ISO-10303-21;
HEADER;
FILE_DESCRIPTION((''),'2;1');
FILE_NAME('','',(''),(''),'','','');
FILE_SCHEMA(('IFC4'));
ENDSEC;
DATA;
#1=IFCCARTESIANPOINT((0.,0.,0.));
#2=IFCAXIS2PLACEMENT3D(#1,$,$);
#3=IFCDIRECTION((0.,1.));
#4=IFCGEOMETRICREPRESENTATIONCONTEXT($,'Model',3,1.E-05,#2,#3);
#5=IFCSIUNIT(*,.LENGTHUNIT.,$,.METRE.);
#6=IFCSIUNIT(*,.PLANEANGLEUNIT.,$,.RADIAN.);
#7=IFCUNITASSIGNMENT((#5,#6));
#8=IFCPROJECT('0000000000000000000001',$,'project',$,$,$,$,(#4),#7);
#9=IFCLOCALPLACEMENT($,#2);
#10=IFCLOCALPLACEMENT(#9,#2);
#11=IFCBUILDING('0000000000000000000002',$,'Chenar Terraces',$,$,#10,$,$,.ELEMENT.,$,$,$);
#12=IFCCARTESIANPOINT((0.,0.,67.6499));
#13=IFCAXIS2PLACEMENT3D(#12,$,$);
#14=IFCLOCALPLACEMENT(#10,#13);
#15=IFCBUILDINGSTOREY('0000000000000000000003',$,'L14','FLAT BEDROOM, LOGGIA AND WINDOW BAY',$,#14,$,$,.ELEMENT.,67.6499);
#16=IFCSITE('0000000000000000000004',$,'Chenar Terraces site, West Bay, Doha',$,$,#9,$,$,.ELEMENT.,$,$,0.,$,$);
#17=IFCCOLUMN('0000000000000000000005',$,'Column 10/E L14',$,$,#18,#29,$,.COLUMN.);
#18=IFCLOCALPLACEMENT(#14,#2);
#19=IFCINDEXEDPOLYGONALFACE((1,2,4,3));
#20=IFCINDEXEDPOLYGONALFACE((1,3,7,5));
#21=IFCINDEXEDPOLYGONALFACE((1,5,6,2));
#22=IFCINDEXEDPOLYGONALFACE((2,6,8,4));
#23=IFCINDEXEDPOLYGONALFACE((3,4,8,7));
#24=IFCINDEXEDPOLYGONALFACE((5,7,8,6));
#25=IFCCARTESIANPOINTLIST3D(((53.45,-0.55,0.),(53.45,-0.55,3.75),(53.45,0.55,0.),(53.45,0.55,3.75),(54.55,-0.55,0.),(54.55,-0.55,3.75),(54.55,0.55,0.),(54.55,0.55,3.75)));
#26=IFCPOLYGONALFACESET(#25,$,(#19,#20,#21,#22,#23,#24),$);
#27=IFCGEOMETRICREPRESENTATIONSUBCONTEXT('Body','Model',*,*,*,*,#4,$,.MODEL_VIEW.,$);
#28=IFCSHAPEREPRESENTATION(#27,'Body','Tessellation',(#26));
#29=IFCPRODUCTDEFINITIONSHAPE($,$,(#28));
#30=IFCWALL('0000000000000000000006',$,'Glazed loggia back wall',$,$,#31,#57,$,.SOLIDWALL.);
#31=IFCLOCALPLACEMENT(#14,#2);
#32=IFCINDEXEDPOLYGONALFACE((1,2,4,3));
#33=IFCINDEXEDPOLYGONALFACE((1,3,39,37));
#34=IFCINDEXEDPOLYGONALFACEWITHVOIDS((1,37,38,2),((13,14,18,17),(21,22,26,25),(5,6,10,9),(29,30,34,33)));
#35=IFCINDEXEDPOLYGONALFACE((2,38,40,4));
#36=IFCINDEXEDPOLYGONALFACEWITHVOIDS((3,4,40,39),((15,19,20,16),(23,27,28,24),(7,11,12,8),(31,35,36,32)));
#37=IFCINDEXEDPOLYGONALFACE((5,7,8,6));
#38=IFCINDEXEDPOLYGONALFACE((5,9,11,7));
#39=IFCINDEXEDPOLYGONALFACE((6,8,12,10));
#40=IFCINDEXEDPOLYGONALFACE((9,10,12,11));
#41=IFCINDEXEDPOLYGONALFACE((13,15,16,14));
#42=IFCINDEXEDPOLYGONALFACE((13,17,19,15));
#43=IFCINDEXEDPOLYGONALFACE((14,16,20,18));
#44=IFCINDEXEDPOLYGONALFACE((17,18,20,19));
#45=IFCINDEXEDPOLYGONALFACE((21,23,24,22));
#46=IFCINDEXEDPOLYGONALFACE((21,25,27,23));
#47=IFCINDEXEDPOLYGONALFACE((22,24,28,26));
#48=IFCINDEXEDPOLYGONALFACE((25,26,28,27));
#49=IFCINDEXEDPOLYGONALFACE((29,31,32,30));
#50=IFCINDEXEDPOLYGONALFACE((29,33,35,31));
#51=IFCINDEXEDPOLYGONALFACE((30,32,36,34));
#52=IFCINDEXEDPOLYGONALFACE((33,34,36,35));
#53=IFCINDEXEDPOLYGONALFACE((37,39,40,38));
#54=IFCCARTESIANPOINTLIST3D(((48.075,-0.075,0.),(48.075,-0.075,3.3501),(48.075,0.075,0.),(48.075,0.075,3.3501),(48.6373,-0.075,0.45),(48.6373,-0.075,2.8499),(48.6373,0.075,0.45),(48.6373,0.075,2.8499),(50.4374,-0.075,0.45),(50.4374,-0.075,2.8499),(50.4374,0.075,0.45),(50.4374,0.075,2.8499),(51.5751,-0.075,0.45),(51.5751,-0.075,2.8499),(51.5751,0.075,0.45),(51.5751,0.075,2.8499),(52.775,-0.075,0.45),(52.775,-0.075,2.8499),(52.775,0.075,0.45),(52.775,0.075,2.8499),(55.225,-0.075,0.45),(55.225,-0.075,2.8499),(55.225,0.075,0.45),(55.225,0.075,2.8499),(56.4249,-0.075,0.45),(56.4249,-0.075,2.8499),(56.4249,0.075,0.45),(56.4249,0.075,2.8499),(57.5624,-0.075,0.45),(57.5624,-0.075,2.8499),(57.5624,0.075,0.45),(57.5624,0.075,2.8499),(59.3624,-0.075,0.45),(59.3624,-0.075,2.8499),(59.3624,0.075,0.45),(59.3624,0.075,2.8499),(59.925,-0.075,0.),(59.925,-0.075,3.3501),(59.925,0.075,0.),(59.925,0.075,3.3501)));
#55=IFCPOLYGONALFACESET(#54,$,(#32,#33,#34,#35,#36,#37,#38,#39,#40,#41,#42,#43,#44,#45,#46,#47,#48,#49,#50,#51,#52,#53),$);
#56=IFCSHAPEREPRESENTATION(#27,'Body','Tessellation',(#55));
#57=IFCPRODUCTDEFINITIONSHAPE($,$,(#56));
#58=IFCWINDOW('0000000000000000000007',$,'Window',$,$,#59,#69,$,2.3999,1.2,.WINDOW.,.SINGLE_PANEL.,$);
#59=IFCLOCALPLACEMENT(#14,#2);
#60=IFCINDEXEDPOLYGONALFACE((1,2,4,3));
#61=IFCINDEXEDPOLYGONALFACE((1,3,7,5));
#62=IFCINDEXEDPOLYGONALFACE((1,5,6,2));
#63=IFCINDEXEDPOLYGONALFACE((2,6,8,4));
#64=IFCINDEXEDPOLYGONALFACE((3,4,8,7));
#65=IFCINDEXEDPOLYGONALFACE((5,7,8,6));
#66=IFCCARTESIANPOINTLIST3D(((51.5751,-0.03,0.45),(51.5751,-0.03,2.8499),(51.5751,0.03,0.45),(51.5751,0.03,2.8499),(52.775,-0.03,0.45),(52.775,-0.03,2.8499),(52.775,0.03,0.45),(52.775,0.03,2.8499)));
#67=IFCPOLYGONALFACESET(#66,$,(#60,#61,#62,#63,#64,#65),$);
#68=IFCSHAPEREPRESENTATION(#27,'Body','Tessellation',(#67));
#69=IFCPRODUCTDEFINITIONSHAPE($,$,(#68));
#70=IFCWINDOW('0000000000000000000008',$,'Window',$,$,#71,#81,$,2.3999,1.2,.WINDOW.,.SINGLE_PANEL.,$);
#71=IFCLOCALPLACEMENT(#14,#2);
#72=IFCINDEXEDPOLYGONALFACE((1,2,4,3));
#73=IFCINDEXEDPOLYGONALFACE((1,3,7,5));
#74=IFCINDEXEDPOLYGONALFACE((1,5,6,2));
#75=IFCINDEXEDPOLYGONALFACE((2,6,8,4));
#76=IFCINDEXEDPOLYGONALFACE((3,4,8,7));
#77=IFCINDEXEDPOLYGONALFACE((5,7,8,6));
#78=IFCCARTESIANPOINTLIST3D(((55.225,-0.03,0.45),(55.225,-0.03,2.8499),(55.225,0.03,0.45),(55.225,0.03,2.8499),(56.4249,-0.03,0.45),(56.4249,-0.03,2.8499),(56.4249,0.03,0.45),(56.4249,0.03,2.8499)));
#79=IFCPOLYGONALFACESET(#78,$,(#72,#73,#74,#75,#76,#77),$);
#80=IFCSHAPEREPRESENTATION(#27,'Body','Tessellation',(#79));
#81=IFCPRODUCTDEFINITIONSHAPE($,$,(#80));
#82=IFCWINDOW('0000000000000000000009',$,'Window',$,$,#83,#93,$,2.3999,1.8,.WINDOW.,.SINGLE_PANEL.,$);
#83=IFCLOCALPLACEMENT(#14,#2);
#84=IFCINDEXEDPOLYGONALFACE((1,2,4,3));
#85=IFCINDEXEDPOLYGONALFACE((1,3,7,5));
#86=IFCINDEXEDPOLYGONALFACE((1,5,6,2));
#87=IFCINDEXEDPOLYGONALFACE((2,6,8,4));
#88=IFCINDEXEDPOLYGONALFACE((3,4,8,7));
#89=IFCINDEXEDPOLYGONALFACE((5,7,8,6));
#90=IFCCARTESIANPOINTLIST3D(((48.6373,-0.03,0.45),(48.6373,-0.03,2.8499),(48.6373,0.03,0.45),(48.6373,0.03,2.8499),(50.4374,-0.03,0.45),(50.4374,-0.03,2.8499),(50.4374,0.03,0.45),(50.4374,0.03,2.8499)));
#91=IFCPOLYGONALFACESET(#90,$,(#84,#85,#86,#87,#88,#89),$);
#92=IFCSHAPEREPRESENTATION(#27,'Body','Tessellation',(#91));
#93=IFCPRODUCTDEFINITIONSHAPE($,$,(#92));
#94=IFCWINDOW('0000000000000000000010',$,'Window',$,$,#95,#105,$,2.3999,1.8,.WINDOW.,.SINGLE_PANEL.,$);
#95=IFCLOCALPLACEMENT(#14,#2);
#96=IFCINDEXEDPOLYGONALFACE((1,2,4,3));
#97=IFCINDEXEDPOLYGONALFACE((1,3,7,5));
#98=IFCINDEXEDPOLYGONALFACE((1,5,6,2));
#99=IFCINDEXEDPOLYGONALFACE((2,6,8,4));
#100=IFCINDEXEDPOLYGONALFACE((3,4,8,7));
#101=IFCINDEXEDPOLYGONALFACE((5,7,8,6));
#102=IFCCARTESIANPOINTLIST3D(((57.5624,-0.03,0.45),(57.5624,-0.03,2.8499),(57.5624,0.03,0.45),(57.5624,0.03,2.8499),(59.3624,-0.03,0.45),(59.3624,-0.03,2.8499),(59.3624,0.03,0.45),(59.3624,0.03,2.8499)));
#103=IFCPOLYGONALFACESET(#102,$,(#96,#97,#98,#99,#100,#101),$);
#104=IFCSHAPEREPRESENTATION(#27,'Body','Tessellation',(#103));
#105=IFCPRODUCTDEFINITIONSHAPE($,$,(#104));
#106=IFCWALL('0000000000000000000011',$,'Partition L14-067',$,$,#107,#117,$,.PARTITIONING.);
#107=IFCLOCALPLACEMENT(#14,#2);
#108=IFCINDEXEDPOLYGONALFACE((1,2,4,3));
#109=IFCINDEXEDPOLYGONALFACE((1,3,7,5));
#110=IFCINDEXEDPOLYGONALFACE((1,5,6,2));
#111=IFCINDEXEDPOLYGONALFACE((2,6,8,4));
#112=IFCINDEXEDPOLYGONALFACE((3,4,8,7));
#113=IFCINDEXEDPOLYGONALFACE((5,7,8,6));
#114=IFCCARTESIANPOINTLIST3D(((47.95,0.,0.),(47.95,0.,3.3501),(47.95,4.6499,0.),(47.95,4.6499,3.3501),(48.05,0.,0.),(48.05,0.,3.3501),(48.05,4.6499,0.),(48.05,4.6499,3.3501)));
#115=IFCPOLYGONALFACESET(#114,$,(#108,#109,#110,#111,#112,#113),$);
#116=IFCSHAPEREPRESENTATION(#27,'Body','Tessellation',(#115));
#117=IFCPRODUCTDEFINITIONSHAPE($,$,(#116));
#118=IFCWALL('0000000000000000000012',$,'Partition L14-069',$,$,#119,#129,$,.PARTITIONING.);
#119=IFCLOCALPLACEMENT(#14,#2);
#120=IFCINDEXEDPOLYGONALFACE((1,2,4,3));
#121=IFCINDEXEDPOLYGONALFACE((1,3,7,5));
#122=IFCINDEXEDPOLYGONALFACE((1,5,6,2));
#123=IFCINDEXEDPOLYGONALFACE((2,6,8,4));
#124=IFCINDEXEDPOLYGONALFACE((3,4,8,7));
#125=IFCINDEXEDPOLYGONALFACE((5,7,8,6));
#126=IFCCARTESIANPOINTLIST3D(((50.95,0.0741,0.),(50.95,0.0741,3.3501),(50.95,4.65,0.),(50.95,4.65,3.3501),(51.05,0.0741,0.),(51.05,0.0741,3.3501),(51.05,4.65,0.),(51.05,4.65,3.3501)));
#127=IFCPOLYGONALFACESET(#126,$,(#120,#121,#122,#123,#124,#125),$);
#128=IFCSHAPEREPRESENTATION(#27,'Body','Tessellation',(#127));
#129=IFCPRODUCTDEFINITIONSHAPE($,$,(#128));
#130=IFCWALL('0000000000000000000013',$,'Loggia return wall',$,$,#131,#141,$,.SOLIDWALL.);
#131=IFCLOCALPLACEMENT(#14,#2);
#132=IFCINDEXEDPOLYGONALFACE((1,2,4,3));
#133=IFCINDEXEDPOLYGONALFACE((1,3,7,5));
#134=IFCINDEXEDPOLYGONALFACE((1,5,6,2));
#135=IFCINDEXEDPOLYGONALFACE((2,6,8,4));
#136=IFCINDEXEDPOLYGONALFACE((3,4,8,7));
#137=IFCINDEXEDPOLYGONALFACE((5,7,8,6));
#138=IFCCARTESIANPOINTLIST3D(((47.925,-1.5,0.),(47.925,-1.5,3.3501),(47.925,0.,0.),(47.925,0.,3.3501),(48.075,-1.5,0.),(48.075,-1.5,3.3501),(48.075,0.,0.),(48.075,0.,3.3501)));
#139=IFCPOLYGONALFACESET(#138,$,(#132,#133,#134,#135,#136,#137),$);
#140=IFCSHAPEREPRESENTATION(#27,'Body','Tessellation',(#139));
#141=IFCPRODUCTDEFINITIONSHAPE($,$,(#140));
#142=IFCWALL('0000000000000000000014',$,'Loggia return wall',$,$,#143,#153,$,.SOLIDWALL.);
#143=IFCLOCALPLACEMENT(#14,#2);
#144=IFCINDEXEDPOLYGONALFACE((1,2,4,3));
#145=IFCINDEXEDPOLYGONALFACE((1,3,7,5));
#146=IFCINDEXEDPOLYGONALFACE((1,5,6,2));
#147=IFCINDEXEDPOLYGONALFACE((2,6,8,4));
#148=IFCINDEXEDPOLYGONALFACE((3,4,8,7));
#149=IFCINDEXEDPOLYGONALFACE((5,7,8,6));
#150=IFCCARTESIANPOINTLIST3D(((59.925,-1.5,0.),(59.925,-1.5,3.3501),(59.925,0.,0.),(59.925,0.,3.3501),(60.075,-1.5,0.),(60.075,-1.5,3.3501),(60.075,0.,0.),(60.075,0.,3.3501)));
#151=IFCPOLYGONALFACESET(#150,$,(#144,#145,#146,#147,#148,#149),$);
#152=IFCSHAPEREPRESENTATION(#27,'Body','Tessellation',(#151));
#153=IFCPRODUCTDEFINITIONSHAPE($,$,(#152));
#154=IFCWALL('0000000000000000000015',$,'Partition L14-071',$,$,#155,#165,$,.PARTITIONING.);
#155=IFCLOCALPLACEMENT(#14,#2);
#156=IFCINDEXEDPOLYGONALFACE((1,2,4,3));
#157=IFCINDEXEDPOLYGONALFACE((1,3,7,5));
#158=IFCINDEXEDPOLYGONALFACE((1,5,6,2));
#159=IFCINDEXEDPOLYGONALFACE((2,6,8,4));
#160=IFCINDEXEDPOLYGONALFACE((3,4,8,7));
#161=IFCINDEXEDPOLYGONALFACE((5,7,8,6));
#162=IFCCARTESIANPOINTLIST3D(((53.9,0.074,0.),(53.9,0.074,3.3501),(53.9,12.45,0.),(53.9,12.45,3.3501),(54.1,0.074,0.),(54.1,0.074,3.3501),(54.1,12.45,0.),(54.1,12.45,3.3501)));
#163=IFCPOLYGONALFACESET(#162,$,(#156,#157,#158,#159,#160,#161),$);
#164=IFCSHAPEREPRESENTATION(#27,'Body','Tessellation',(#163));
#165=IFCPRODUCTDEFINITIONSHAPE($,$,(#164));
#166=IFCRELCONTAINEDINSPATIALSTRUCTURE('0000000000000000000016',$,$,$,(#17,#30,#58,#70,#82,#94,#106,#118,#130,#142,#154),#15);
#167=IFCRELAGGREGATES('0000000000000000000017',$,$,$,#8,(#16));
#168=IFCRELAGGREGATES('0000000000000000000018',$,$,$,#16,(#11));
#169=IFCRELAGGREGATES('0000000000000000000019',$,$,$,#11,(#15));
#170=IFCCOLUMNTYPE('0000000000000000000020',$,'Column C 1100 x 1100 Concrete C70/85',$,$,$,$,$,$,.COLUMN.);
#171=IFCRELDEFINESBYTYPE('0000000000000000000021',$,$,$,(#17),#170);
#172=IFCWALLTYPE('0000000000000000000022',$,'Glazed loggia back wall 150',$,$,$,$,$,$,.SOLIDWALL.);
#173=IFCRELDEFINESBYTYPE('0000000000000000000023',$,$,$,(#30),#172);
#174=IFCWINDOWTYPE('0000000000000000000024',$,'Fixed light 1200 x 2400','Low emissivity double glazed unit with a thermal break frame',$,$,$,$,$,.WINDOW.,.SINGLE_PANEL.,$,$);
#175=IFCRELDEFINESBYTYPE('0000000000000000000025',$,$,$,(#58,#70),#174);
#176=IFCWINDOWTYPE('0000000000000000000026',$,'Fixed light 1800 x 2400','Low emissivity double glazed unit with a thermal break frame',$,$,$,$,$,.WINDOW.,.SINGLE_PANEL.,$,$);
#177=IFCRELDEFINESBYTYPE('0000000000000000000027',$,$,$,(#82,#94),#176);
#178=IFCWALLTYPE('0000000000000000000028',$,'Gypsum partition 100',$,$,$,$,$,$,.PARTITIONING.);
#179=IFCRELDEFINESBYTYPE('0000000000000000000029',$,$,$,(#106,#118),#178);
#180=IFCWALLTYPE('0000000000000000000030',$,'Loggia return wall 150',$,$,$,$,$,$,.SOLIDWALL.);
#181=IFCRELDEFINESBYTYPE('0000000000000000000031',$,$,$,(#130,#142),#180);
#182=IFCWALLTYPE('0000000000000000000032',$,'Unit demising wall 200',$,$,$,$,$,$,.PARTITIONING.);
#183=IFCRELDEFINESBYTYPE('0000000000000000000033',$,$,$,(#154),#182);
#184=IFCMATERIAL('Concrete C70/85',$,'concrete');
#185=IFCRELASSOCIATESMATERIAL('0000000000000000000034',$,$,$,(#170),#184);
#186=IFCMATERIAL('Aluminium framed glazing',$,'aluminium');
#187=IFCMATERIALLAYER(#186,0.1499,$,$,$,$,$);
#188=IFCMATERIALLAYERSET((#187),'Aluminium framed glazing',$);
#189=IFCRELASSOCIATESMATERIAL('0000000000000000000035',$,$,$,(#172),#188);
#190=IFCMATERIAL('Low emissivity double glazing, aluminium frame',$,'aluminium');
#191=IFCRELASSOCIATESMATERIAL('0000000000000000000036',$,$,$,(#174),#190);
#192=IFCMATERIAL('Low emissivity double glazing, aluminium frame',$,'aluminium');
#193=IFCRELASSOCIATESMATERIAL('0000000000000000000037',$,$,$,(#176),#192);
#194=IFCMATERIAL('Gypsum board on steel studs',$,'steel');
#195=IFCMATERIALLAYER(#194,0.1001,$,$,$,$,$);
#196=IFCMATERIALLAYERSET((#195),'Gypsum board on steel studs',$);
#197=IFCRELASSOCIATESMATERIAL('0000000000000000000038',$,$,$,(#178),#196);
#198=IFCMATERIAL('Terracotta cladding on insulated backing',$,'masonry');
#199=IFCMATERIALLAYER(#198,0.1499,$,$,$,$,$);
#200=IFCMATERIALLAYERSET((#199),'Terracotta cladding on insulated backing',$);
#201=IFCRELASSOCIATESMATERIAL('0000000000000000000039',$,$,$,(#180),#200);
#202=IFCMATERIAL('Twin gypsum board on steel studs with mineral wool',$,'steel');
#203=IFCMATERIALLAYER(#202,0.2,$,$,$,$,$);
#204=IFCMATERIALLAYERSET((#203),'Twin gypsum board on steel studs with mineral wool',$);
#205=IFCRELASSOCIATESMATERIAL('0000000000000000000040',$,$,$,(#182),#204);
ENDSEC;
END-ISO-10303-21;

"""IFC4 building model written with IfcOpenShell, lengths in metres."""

from ifc_helpers import new_model, si_unit, direction, frame, frame_2d, origin, origin_2d, place, context, subcontext, project, spatial, rectangle, extrude, material, layer, layer_set, material_profile, profile_set, type_object, element, fill, save


model = new_model("IFC4")

# Units and contexts
model_context = context("Model", 3, precision=1e-05, world=origin(), true_north=direction((0.0, 1.0)))
body_context = subcontext(model_context, "Body", "Model", "MODEL_VIEW")
ifc_project = project(units=[si_unit("LENGTHUNIT", "METRE"), si_unit("PLANEANGLEUNIT", "RADIAN")], contexts=[model_context])

# Site, building, storey
site_placement = place(None, origin())
site = spatial("IfcSite", under=ifc_project, at=site_placement, Name="Chenar Terraces site, West Bay, Doha", CompositionType="ELEMENT", RefElevation=0.0)
building_placement = place(site_placement, origin())
building = spatial("IfcBuilding", under=site, at=building_placement, Name="Chenar Terraces", CompositionType="ELEMENT")
storey_placement = place(building_placement, frame((0.0, 0.0, 67.6499)))
storey = spatial("IfcBuildingStorey", under=building, at=storey_placement, Name="L14", Description="FLAT BEDROOM, LOGGIA AND WINDOW BAY", CompositionType="ELEMENT", Elevation=67.6499)

# Column
ifc_material_1 = material(Name="Concrete C70/85", Category="concrete")
ifc_material_profile = material_profile(ifc_material_1, rectangle(XDim=1.1001, YDim=1.1001, at=origin_2d()), Name="C 1100 x 1100")
ifc_profile_set = profile_set([ifc_material_profile], Name="Concrete C70/85")
column_type = type_object("IfcColumnType", Name="Column C 1100 x 1100 Concrete C70/85", PredefinedType="COLUMN", material=ifc_profile_set)
column_placement = place(storey_placement, frame((54.0, 0.0, 0.0), z_axis=(0.0, 0.0, 1.0), x_axis=(1.0, 0.0, 0.0)))
element("IfcColumn", 1, at=column_placement, inside=storey, type_object=column_type, Name="Column 10/E L14", PredefinedType="COLUMN", context=body_context, shape_type="SweptSolid", body=[
    extrude(rectangle(XDim=1.1001, YDim=1.1001, at=origin_2d()), origin(), (0.0, 0.0, 1.0), 3.75),
])

# Wall, openings, windows
ifc_material_2 = material(Name="Aluminium framed glazing", Category="aluminium")
ifc_layer_1 = layer(ifc_material_2, 0.1499)
ifc_layer_set_1 = layer_set([ifc_layer_1], Name="Aluminium framed glazing")
wall_type_1 = type_object("IfcWallType", Name="Glazed loggia back wall 150", PredefinedType="SOLIDWALL", material=ifc_layer_set_1)
wall_1_placement = place(storey_placement, frame((48.075, 0.0, 0.0), z_axis=(0.0, 0.0, 1.0), x_axis=(1.0, 0.0, 0.0)))
wall_1 = element("IfcWall", 2, at=wall_1_placement, inside=storey, type_object=wall_type_1, Name="Glazed loggia back wall", PredefinedType="SOLIDWALL", context=body_context, shape_type="SweptSolid", body=[
    extrude(rectangle(XDim=11.8501, YDim=0.1499, at=frame_2d((5.925, 0.0))), origin(), (0.0, 0.0, 1.0), 3.3501),
])
opening_1_placement = place(wall_1_placement, frame((0.5625, 0.0, 0.45)))
opening_1 = element("IfcOpeningElement", 3, at=opening_1_placement, cuts=wall_1, PredefinedType="OPENING", context=body_context, shape_type="SweptSolid", body=[
    extrude(rectangle(XDim=1.8, YDim=2.3999, at=frame_2d((0.8999, 1.2))), frame((0.0, 0.085, 0.0), z_axis=(0.0, -1.0, 0.0), x_axis=(1.0, 0.0, 0.0)), (0.0, 0.0, 1.0), 0.1699),
])
opening_2_placement = place(wall_1_placement, frame((3.5, 0.0, 0.45)))
opening_2 = element("IfcOpeningElement", 4, at=opening_2_placement, cuts=wall_1, PredefinedType="OPENING", context=body_context, shape_type="SweptSolid", body=[
    extrude(rectangle(XDim=1.2, YDim=2.3999, at=frame_2d((0.6001, 1.2))), frame((0.0, 0.085, 0.0), z_axis=(0.0, -1.0, 0.0), x_axis=(1.0, 0.0, 0.0)), (0.0, 0.0, 1.0), 0.1699),
])
opening_3_placement = place(wall_1_placement, frame((7.1499, 0.0, 0.45)))
opening_3 = element("IfcOpeningElement", 5, at=opening_3_placement, cuts=wall_1, PredefinedType="OPENING", context=body_context, shape_type="SweptSolid", body=[
    extrude(rectangle(XDim=1.2, YDim=2.3999, at=frame_2d((0.6001, 1.2))), frame((0.0, 0.085, 0.0), z_axis=(0.0, -1.0, 0.0), x_axis=(1.0, 0.0, 0.0)), (0.0, 0.0, 1.0), 0.1699),
])
opening_4_placement = place(wall_1_placement, frame((9.4875, 0.0, 0.45)))
opening_4 = element("IfcOpeningElement", 6, at=opening_4_placement, cuts=wall_1, PredefinedType="OPENING", context=body_context, shape_type="SweptSolid", body=[
    extrude(rectangle(XDim=1.8, YDim=2.3999, at=frame_2d((0.8999, 1.2))), frame((0.0, 0.085, 0.0), z_axis=(0.0, -1.0, 0.0), x_axis=(1.0, 0.0, 0.0)), (0.0, 0.0, 1.0), 0.1699),
])
ifc_material_3 = material(Name="Low emissivity double glazing, aluminium frame", Category="aluminium")
window_type_1 = type_object("IfcWindowType", Name="Fixed light 1200 x 2400", Description="Low emissivity double glazed unit with a thermal break frame", PartitioningType="SINGLE_PANEL", PredefinedType="WINDOW", material=ifc_material_3)
window_1_placement = place(opening_2_placement, origin())
window_1 = element("IfcWindow", 7, at=window_1_placement, inside=storey, type_object=window_type_1, Name="Window", OverallHeight=2.3999, OverallWidth=1.2, PartitioningType="SINGLE_PANEL", PredefinedType="WINDOW", context=body_context, shape_type="SweptSolid", body=[
    extrude(rectangle(XDim=1.2, YDim=2.3999, at=frame_2d((0.6001, 1.2))), frame((0.0, 0.03, 0.0), z_axis=(0.0, -1.0, 0.0), x_axis=(1.0, 0.0, 0.0)), (0.0, 0.0, 1.0), 0.0601),
])
fill(opening_2, window_1)
window_2_placement = place(opening_3_placement, origin())
window_2 = element("IfcWindow", 8, at=window_2_placement, inside=storey, type_object=window_type_1, Name="Window", OverallHeight=2.3999, OverallWidth=1.2, PartitioningType="SINGLE_PANEL", PredefinedType="WINDOW", context=body_context, shape_type="SweptSolid", body=[
    extrude(rectangle(XDim=1.2, YDim=2.3999, at=frame_2d((0.6001, 1.2))), frame((0.0, 0.03, 0.0), z_axis=(0.0, -1.0, 0.0), x_axis=(1.0, 0.0, 0.0)), (0.0, 0.0, 1.0), 0.0601),
])
fill(opening_3, window_2)
ifc_material_4 = material(Name="Low emissivity double glazing, aluminium frame", Category="aluminium")
window_type_2 = type_object("IfcWindowType", Name="Fixed light 1800 x 2400", Description="Low emissivity double glazed unit with a thermal break frame", PartitioningType="SINGLE_PANEL", PredefinedType="WINDOW", material=ifc_material_4)
window_3_placement = place(opening_1_placement, origin())
window_3 = element("IfcWindow", 9, at=window_3_placement, inside=storey, type_object=window_type_2, Name="Window", OverallHeight=2.3999, OverallWidth=1.8, PartitioningType="SINGLE_PANEL", PredefinedType="WINDOW", context=body_context, shape_type="SweptSolid", body=[
    extrude(rectangle(XDim=1.8, YDim=2.3999, at=frame_2d((0.8999, 1.2))), frame((0.0, 0.03, 0.0), z_axis=(0.0, -1.0, 0.0), x_axis=(1.0, 0.0, 0.0)), (0.0, 0.0, 1.0), 0.0601),
])
fill(opening_1, window_3)
window_4_placement = place(opening_4_placement, origin())
window_4 = element("IfcWindow", 10, at=window_4_placement, inside=storey, type_object=window_type_2, Name="Window", OverallHeight=2.3999, OverallWidth=1.8, PartitioningType="SINGLE_PANEL", PredefinedType="WINDOW", context=body_context, shape_type="SweptSolid", body=[
    extrude(rectangle(XDim=1.8, YDim=2.3999, at=frame_2d((0.8999, 1.2))), frame((0.0, 0.03, 0.0), z_axis=(0.0, -1.0, 0.0), x_axis=(1.0, 0.0, 0.0)), (0.0, 0.0, 1.0), 0.0601),
])
fill(opening_4, window_4)

# Walls
ifc_material_5 = material(Name="Gypsum board on steel studs", Category="steel")
ifc_layer_2 = layer(ifc_material_5, 0.1001)
ifc_layer_set_2 = layer_set([ifc_layer_2], Name="Gypsum board on steel studs")
wall_type_2 = type_object("IfcWallType", Name="Gypsum partition 100", PredefinedType="PARTITIONING", material=ifc_layer_set_2)
wall_2_placement = place(storey_placement, frame((48.0, 0.0, 0.0), z_axis=(0.0, 0.0, 1.0), x_axis=(0.0, 1.0, 0.0)))
element("IfcWall", 11, at=wall_2_placement, inside=storey, type_object=wall_type_2, Name="Partition L14-067", PredefinedType="PARTITIONING", context=body_context, shape_type="SweptSolid", body=[
    extrude(rectangle(XDim=4.6499, YDim=0.1001, at=frame_2d((2.325, 0.0))), origin(), (0.0, 0.0, 1.0), 3.3501),
])
wall_3_placement = place(storey_placement, frame((51.0, 0.074, 0.0), z_axis=(0.0, 0.0, 1.0), x_axis=(0.0, 1.0, 0.0)))
element("IfcWall", 12, at=wall_3_placement, inside=storey, type_object=wall_type_2, Name="Partition L14-069", PredefinedType="PARTITIONING", context=body_context, shape_type="SweptSolid", body=[
    extrude(rectangle(XDim=4.5759, YDim=0.1001, at=frame_2d((2.2881, 0.0))), origin(), (0.0, 0.0, 1.0), 3.3501),
])
ifc_material_6 = material(Name="Terracotta cladding on insulated backing", Category="masonry")
ifc_layer_3 = layer(ifc_material_6, 0.1499)
ifc_layer_set_3 = layer_set([ifc_layer_3], Name="Terracotta cladding on insulated backing")
wall_type_3 = type_object("IfcWallType", Name="Loggia return wall 150", PredefinedType="SOLIDWALL", material=ifc_layer_set_3)
for number, where, z_axis, x_axis, name in (
    (13, (48.0, -1.5, 0.0), (0.0, 0.0, 1.0), (0.0, 1.0, 0.0), "Loggia return wall"),
    (14, (60.0, -1.5, 0.0), (0.0, 0.0, 1.0), (0.0, 1.0, 0.0), "Loggia return wall"),
):
    element("IfcWall", number, at=place(storey_placement, frame(where, z_axis=z_axis, x_axis=x_axis)), inside=storey, type_object=wall_type_3, Name=name, PredefinedType="SOLIDWALL", context=body_context, shape_type="SweptSolid", body=[
        extrude(rectangle(XDim=1.5, YDim=0.1499, at=frame_2d((0.75, 0.0))), origin(), (0.0, 0.0, 1.0), 3.3501),
    ])
ifc_material_7 = material(Name="Twin gypsum board on steel studs with mineral wool", Category="steel")
ifc_layer_4 = layer(ifc_material_7, 0.2)
ifc_layer_set_4 = layer_set([ifc_layer_4], Name="Twin gypsum board on steel studs with mineral wool")
wall_type_4 = type_object("IfcWallType", Name="Unit demising wall 200", PredefinedType="PARTITIONING", material=ifc_layer_set_4)
wall_4_placement = place(storey_placement, frame((54.0, 0.074, 0.0), z_axis=(0.0, 0.0, 1.0), x_axis=(0.0, 1.0, 0.0)))
element("IfcWall", 15, at=wall_4_placement, inside=storey, type_object=wall_type_4, Name="Partition L14-071", PredefinedType="PARTITIONING", context=body_context, shape_type="SweptSolid", body=[
    extrude(rectangle(XDim=12.376, YDim=0.2, at=frame_2d((6.188, 0.0))), origin(), (0.0, 0.0, 1.0), 3.3501),
])

save(model, "model.ifc")
